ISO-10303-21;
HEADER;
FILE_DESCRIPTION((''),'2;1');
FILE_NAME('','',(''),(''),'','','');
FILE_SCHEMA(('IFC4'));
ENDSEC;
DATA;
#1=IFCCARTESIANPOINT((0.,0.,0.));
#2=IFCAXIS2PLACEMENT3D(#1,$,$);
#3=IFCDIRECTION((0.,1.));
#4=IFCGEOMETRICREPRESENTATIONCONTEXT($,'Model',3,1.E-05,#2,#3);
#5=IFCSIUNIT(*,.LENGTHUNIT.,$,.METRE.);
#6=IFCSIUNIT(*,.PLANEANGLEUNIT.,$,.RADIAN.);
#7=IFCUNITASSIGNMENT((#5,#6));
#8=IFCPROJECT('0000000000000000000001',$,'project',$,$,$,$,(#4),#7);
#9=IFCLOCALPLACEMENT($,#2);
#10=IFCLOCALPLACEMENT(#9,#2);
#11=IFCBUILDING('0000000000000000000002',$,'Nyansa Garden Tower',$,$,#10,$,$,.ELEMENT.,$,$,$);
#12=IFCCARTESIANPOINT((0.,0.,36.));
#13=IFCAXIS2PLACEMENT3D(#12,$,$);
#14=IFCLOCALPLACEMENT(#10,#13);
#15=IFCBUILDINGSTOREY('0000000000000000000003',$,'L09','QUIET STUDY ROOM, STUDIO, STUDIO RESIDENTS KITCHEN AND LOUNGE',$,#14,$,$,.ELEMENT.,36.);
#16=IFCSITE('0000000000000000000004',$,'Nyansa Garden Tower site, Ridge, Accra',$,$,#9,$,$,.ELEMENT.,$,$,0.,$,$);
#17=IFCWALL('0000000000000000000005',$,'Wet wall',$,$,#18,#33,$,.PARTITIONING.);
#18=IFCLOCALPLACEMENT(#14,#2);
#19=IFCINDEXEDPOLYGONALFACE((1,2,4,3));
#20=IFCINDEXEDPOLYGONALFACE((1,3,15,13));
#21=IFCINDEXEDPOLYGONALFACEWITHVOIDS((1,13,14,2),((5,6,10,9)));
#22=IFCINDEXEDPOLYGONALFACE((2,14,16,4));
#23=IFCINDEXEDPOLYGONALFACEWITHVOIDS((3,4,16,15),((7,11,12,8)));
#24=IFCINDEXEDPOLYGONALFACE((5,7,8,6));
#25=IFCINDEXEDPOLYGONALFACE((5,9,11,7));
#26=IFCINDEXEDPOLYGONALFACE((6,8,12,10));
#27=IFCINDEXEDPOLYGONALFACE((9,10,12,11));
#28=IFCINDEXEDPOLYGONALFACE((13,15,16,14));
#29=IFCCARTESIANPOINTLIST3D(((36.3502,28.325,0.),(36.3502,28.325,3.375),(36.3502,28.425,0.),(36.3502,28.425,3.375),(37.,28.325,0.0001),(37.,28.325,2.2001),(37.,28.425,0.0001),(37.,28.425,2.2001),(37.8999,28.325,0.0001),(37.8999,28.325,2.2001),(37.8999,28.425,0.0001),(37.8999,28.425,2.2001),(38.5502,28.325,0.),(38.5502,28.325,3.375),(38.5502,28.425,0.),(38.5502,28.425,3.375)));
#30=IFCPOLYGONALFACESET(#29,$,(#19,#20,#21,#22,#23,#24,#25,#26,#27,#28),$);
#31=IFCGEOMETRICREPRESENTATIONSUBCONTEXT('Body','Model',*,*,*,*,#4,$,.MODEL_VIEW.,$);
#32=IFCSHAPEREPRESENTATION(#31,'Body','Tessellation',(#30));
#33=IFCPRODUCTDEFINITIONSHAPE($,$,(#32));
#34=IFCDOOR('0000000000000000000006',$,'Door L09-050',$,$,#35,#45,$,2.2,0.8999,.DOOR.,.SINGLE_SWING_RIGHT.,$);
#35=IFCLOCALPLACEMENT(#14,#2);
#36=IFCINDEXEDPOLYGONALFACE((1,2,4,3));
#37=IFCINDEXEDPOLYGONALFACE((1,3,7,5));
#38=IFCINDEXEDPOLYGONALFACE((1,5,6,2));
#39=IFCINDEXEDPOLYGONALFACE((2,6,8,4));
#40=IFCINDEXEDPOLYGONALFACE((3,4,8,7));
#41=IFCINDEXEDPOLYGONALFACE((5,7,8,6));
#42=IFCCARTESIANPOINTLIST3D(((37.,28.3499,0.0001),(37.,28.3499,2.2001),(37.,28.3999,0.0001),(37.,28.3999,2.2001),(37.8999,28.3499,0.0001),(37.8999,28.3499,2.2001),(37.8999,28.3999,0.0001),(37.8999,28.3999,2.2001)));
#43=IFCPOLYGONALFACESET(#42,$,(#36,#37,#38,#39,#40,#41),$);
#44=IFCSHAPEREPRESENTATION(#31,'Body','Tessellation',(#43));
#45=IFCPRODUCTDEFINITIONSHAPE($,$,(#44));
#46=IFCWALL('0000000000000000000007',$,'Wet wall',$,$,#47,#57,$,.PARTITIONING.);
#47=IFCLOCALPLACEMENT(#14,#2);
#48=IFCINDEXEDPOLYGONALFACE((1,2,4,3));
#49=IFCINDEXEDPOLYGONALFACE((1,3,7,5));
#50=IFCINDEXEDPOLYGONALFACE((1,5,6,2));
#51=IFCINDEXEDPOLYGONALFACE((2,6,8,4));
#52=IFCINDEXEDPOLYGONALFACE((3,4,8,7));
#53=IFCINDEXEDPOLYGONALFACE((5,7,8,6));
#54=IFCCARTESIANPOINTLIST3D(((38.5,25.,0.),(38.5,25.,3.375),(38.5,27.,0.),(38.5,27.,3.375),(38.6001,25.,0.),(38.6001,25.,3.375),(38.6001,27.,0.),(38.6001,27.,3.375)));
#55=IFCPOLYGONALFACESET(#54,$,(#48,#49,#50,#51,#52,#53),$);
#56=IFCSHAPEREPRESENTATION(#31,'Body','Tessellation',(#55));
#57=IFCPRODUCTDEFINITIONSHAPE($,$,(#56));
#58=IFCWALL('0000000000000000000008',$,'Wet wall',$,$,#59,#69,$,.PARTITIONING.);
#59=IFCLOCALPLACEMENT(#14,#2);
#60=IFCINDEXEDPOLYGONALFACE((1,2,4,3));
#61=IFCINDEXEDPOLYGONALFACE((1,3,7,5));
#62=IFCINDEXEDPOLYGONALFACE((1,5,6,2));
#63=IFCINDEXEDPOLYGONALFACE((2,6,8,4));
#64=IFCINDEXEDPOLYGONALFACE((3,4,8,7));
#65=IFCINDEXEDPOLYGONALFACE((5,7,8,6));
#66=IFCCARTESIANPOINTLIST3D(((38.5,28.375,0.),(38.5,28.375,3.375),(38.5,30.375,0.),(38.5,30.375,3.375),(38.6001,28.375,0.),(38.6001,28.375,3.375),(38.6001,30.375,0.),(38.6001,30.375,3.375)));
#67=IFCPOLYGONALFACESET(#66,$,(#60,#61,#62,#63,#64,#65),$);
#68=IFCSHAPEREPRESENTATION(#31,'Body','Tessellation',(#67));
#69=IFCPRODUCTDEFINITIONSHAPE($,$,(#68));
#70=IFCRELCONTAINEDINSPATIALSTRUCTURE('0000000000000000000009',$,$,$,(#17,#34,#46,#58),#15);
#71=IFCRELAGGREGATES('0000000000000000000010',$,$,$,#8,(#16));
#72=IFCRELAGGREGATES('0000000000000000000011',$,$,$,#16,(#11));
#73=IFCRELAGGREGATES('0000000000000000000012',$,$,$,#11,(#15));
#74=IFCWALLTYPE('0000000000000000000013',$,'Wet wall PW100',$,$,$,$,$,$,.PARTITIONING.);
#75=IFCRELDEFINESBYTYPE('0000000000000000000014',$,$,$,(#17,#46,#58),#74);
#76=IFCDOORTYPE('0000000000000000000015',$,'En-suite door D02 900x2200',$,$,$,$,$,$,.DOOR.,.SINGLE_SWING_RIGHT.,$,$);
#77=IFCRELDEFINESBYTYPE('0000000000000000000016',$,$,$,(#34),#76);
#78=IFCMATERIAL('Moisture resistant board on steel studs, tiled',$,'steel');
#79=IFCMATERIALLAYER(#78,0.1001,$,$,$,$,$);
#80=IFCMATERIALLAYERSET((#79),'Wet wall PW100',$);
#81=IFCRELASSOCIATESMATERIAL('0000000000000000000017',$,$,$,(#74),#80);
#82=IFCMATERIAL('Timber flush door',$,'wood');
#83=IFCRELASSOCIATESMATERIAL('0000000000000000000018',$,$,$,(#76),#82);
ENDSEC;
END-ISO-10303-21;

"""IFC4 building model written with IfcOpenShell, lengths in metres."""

from ifc_helpers import new_model, si_unit, direction, frame, frame_2d, origin, place, context, subcontext, project, spatial, rectangle, extrude, material, layer, layer_set, type_object, element, fill, save


model = new_model("IFC4")

# Units and contexts
model_context = context("Model", 3, precision=1e-05, world=origin(), true_north=direction((0.0, 1.0)))
body_context = subcontext(model_context, "Body", "Model", "MODEL_VIEW")
ifc_project = project(units=[si_unit("LENGTHUNIT", "METRE"), si_unit("PLANEANGLEUNIT", "RADIAN")], contexts=[model_context])

# Site, building, storey
site_placement = place(None, origin())
site = spatial("IfcSite", under=ifc_project, at=site_placement, Name="Nyansa Garden Tower site, Ridge, Accra", CompositionType="ELEMENT", RefElevation=0.0)
building_placement = place(site_placement, origin())
building = spatial("IfcBuilding", under=site, at=building_placement, Name="Nyansa Garden Tower", CompositionType="ELEMENT")
storey_placement = place(building_placement, frame((0.0, 0.0, 36.0)))
storey = spatial("IfcBuildingStorey", under=building, at=storey_placement, Name="L09", Description="QUIET STUDY ROOM, STUDIO, STUDIO RESIDENTS KITCHEN AND LOUNGE", CompositionType="ELEMENT", Elevation=36.0)

# Wall, opening, door
ifc_material_1 = material(Name="Moisture resistant board on steel studs, tiled", Category="steel")
ifc_layer_1 = layer(ifc_material_1, 0.1001)
ifc_layer_set_1 = layer_set([ifc_layer_1], Name="Wet wall PW100")
wall_type_1 = type_object("IfcWallType", Name="Wet wall PW100", PredefinedType="PARTITIONING", material=ifc_layer_set_1)
ifc_material_2 = material(Name="Timber flush door", Category="wood")
door_type_1 = type_object("IfcDoorType", Name="En-suite door D02 900x2200", OperationType="SINGLE_SWING_RIGHT", PredefinedType="DOOR", material=ifc_material_2)
wall_1_placement = place(storey_placement, frame((36.3501, 28.375, 0.0), z_axis=(0.0, 0.0, 1.0), x_axis=(1.0, 0.0, 0.0)))
wall_1 = element("IfcWall", 1, at=wall_1_placement, inside=storey, type_object=wall_type_1, Name="Wet wall", PredefinedType="PARTITIONING", context=body_context, shape_type="SweptSolid", body=[
    extrude(rectangle(XDim=2.2, YDim=0.1001, at=frame_2d((1.1001, 0.0))), origin(), (0.0, 0.0, 1.0), 3.375),
])
opening_1_placement = place(wall_1_placement, frame((0.6499, 0.0, 0.0)))
opening_1 = element("IfcOpeningElement", 2, at=opening_1_placement, cuts=wall_1, PredefinedType="OPENING", context=body_context, shape_type="SweptSolid", body=[
    extrude(rectangle(XDim=0.8999, YDim=2.2, at=frame_2d((0.45, 1.1001))), frame((0.0, 0.0601, 0.0), z_axis=(0.0, -1.0, 0.0), x_axis=(1.0, 0.0, 0.0)), (0.0, 0.0, 1.0), 0.1201),
])
door_1_placement = place(opening_1_placement, origin())
door_1 = element("IfcDoor", 3, at=door_1_placement, inside=storey, type_object=door_type_1, Name="Door L09-050", OperationType="SINGLE_SWING_RIGHT", OverallHeight=2.2, OverallWidth=0.8999, PredefinedType="DOOR", context=body_context, shape_type="SweptSolid", body=[
    extrude(rectangle(XDim=0.8999, YDim=2.2, at=frame_2d((0.45, 1.1001))), frame((0.0, 0.0249, 0.0), z_axis=(0.0, -1.0, 0.0), x_axis=(1.0, 0.0, 0.0)), (0.0, 0.0, 1.0), 0.05),
])
fill(opening_1, door_1)

# Walls
for number, where, z_axis, x_axis, name in (
    (4, (38.55, 25.0, 0.0), (0.0, 0.0, 1.0), (0.0, 1.0, 0.0), "Wet wall"),
    (5, (38.55, 28.375, 0.0), (0.0, 0.0, 1.0), (0.0, 1.0, 0.0), "Wet wall"),
):
    element("IfcWall", number, at=place(storey_placement, frame(where, z_axis=z_axis, x_axis=x_axis)), inside=storey, type_object=wall_type_1, Name=name, PredefinedType="PARTITIONING", context=body_context, shape_type="SweptSolid", body=[
        extrude(rectangle(XDim=2.0, YDim=0.1001, at=frame_2d((1.0, 0.0))), origin(), (0.0, 0.0, 1.0), 3.375),
    ])

save(model, "model.ifc")
